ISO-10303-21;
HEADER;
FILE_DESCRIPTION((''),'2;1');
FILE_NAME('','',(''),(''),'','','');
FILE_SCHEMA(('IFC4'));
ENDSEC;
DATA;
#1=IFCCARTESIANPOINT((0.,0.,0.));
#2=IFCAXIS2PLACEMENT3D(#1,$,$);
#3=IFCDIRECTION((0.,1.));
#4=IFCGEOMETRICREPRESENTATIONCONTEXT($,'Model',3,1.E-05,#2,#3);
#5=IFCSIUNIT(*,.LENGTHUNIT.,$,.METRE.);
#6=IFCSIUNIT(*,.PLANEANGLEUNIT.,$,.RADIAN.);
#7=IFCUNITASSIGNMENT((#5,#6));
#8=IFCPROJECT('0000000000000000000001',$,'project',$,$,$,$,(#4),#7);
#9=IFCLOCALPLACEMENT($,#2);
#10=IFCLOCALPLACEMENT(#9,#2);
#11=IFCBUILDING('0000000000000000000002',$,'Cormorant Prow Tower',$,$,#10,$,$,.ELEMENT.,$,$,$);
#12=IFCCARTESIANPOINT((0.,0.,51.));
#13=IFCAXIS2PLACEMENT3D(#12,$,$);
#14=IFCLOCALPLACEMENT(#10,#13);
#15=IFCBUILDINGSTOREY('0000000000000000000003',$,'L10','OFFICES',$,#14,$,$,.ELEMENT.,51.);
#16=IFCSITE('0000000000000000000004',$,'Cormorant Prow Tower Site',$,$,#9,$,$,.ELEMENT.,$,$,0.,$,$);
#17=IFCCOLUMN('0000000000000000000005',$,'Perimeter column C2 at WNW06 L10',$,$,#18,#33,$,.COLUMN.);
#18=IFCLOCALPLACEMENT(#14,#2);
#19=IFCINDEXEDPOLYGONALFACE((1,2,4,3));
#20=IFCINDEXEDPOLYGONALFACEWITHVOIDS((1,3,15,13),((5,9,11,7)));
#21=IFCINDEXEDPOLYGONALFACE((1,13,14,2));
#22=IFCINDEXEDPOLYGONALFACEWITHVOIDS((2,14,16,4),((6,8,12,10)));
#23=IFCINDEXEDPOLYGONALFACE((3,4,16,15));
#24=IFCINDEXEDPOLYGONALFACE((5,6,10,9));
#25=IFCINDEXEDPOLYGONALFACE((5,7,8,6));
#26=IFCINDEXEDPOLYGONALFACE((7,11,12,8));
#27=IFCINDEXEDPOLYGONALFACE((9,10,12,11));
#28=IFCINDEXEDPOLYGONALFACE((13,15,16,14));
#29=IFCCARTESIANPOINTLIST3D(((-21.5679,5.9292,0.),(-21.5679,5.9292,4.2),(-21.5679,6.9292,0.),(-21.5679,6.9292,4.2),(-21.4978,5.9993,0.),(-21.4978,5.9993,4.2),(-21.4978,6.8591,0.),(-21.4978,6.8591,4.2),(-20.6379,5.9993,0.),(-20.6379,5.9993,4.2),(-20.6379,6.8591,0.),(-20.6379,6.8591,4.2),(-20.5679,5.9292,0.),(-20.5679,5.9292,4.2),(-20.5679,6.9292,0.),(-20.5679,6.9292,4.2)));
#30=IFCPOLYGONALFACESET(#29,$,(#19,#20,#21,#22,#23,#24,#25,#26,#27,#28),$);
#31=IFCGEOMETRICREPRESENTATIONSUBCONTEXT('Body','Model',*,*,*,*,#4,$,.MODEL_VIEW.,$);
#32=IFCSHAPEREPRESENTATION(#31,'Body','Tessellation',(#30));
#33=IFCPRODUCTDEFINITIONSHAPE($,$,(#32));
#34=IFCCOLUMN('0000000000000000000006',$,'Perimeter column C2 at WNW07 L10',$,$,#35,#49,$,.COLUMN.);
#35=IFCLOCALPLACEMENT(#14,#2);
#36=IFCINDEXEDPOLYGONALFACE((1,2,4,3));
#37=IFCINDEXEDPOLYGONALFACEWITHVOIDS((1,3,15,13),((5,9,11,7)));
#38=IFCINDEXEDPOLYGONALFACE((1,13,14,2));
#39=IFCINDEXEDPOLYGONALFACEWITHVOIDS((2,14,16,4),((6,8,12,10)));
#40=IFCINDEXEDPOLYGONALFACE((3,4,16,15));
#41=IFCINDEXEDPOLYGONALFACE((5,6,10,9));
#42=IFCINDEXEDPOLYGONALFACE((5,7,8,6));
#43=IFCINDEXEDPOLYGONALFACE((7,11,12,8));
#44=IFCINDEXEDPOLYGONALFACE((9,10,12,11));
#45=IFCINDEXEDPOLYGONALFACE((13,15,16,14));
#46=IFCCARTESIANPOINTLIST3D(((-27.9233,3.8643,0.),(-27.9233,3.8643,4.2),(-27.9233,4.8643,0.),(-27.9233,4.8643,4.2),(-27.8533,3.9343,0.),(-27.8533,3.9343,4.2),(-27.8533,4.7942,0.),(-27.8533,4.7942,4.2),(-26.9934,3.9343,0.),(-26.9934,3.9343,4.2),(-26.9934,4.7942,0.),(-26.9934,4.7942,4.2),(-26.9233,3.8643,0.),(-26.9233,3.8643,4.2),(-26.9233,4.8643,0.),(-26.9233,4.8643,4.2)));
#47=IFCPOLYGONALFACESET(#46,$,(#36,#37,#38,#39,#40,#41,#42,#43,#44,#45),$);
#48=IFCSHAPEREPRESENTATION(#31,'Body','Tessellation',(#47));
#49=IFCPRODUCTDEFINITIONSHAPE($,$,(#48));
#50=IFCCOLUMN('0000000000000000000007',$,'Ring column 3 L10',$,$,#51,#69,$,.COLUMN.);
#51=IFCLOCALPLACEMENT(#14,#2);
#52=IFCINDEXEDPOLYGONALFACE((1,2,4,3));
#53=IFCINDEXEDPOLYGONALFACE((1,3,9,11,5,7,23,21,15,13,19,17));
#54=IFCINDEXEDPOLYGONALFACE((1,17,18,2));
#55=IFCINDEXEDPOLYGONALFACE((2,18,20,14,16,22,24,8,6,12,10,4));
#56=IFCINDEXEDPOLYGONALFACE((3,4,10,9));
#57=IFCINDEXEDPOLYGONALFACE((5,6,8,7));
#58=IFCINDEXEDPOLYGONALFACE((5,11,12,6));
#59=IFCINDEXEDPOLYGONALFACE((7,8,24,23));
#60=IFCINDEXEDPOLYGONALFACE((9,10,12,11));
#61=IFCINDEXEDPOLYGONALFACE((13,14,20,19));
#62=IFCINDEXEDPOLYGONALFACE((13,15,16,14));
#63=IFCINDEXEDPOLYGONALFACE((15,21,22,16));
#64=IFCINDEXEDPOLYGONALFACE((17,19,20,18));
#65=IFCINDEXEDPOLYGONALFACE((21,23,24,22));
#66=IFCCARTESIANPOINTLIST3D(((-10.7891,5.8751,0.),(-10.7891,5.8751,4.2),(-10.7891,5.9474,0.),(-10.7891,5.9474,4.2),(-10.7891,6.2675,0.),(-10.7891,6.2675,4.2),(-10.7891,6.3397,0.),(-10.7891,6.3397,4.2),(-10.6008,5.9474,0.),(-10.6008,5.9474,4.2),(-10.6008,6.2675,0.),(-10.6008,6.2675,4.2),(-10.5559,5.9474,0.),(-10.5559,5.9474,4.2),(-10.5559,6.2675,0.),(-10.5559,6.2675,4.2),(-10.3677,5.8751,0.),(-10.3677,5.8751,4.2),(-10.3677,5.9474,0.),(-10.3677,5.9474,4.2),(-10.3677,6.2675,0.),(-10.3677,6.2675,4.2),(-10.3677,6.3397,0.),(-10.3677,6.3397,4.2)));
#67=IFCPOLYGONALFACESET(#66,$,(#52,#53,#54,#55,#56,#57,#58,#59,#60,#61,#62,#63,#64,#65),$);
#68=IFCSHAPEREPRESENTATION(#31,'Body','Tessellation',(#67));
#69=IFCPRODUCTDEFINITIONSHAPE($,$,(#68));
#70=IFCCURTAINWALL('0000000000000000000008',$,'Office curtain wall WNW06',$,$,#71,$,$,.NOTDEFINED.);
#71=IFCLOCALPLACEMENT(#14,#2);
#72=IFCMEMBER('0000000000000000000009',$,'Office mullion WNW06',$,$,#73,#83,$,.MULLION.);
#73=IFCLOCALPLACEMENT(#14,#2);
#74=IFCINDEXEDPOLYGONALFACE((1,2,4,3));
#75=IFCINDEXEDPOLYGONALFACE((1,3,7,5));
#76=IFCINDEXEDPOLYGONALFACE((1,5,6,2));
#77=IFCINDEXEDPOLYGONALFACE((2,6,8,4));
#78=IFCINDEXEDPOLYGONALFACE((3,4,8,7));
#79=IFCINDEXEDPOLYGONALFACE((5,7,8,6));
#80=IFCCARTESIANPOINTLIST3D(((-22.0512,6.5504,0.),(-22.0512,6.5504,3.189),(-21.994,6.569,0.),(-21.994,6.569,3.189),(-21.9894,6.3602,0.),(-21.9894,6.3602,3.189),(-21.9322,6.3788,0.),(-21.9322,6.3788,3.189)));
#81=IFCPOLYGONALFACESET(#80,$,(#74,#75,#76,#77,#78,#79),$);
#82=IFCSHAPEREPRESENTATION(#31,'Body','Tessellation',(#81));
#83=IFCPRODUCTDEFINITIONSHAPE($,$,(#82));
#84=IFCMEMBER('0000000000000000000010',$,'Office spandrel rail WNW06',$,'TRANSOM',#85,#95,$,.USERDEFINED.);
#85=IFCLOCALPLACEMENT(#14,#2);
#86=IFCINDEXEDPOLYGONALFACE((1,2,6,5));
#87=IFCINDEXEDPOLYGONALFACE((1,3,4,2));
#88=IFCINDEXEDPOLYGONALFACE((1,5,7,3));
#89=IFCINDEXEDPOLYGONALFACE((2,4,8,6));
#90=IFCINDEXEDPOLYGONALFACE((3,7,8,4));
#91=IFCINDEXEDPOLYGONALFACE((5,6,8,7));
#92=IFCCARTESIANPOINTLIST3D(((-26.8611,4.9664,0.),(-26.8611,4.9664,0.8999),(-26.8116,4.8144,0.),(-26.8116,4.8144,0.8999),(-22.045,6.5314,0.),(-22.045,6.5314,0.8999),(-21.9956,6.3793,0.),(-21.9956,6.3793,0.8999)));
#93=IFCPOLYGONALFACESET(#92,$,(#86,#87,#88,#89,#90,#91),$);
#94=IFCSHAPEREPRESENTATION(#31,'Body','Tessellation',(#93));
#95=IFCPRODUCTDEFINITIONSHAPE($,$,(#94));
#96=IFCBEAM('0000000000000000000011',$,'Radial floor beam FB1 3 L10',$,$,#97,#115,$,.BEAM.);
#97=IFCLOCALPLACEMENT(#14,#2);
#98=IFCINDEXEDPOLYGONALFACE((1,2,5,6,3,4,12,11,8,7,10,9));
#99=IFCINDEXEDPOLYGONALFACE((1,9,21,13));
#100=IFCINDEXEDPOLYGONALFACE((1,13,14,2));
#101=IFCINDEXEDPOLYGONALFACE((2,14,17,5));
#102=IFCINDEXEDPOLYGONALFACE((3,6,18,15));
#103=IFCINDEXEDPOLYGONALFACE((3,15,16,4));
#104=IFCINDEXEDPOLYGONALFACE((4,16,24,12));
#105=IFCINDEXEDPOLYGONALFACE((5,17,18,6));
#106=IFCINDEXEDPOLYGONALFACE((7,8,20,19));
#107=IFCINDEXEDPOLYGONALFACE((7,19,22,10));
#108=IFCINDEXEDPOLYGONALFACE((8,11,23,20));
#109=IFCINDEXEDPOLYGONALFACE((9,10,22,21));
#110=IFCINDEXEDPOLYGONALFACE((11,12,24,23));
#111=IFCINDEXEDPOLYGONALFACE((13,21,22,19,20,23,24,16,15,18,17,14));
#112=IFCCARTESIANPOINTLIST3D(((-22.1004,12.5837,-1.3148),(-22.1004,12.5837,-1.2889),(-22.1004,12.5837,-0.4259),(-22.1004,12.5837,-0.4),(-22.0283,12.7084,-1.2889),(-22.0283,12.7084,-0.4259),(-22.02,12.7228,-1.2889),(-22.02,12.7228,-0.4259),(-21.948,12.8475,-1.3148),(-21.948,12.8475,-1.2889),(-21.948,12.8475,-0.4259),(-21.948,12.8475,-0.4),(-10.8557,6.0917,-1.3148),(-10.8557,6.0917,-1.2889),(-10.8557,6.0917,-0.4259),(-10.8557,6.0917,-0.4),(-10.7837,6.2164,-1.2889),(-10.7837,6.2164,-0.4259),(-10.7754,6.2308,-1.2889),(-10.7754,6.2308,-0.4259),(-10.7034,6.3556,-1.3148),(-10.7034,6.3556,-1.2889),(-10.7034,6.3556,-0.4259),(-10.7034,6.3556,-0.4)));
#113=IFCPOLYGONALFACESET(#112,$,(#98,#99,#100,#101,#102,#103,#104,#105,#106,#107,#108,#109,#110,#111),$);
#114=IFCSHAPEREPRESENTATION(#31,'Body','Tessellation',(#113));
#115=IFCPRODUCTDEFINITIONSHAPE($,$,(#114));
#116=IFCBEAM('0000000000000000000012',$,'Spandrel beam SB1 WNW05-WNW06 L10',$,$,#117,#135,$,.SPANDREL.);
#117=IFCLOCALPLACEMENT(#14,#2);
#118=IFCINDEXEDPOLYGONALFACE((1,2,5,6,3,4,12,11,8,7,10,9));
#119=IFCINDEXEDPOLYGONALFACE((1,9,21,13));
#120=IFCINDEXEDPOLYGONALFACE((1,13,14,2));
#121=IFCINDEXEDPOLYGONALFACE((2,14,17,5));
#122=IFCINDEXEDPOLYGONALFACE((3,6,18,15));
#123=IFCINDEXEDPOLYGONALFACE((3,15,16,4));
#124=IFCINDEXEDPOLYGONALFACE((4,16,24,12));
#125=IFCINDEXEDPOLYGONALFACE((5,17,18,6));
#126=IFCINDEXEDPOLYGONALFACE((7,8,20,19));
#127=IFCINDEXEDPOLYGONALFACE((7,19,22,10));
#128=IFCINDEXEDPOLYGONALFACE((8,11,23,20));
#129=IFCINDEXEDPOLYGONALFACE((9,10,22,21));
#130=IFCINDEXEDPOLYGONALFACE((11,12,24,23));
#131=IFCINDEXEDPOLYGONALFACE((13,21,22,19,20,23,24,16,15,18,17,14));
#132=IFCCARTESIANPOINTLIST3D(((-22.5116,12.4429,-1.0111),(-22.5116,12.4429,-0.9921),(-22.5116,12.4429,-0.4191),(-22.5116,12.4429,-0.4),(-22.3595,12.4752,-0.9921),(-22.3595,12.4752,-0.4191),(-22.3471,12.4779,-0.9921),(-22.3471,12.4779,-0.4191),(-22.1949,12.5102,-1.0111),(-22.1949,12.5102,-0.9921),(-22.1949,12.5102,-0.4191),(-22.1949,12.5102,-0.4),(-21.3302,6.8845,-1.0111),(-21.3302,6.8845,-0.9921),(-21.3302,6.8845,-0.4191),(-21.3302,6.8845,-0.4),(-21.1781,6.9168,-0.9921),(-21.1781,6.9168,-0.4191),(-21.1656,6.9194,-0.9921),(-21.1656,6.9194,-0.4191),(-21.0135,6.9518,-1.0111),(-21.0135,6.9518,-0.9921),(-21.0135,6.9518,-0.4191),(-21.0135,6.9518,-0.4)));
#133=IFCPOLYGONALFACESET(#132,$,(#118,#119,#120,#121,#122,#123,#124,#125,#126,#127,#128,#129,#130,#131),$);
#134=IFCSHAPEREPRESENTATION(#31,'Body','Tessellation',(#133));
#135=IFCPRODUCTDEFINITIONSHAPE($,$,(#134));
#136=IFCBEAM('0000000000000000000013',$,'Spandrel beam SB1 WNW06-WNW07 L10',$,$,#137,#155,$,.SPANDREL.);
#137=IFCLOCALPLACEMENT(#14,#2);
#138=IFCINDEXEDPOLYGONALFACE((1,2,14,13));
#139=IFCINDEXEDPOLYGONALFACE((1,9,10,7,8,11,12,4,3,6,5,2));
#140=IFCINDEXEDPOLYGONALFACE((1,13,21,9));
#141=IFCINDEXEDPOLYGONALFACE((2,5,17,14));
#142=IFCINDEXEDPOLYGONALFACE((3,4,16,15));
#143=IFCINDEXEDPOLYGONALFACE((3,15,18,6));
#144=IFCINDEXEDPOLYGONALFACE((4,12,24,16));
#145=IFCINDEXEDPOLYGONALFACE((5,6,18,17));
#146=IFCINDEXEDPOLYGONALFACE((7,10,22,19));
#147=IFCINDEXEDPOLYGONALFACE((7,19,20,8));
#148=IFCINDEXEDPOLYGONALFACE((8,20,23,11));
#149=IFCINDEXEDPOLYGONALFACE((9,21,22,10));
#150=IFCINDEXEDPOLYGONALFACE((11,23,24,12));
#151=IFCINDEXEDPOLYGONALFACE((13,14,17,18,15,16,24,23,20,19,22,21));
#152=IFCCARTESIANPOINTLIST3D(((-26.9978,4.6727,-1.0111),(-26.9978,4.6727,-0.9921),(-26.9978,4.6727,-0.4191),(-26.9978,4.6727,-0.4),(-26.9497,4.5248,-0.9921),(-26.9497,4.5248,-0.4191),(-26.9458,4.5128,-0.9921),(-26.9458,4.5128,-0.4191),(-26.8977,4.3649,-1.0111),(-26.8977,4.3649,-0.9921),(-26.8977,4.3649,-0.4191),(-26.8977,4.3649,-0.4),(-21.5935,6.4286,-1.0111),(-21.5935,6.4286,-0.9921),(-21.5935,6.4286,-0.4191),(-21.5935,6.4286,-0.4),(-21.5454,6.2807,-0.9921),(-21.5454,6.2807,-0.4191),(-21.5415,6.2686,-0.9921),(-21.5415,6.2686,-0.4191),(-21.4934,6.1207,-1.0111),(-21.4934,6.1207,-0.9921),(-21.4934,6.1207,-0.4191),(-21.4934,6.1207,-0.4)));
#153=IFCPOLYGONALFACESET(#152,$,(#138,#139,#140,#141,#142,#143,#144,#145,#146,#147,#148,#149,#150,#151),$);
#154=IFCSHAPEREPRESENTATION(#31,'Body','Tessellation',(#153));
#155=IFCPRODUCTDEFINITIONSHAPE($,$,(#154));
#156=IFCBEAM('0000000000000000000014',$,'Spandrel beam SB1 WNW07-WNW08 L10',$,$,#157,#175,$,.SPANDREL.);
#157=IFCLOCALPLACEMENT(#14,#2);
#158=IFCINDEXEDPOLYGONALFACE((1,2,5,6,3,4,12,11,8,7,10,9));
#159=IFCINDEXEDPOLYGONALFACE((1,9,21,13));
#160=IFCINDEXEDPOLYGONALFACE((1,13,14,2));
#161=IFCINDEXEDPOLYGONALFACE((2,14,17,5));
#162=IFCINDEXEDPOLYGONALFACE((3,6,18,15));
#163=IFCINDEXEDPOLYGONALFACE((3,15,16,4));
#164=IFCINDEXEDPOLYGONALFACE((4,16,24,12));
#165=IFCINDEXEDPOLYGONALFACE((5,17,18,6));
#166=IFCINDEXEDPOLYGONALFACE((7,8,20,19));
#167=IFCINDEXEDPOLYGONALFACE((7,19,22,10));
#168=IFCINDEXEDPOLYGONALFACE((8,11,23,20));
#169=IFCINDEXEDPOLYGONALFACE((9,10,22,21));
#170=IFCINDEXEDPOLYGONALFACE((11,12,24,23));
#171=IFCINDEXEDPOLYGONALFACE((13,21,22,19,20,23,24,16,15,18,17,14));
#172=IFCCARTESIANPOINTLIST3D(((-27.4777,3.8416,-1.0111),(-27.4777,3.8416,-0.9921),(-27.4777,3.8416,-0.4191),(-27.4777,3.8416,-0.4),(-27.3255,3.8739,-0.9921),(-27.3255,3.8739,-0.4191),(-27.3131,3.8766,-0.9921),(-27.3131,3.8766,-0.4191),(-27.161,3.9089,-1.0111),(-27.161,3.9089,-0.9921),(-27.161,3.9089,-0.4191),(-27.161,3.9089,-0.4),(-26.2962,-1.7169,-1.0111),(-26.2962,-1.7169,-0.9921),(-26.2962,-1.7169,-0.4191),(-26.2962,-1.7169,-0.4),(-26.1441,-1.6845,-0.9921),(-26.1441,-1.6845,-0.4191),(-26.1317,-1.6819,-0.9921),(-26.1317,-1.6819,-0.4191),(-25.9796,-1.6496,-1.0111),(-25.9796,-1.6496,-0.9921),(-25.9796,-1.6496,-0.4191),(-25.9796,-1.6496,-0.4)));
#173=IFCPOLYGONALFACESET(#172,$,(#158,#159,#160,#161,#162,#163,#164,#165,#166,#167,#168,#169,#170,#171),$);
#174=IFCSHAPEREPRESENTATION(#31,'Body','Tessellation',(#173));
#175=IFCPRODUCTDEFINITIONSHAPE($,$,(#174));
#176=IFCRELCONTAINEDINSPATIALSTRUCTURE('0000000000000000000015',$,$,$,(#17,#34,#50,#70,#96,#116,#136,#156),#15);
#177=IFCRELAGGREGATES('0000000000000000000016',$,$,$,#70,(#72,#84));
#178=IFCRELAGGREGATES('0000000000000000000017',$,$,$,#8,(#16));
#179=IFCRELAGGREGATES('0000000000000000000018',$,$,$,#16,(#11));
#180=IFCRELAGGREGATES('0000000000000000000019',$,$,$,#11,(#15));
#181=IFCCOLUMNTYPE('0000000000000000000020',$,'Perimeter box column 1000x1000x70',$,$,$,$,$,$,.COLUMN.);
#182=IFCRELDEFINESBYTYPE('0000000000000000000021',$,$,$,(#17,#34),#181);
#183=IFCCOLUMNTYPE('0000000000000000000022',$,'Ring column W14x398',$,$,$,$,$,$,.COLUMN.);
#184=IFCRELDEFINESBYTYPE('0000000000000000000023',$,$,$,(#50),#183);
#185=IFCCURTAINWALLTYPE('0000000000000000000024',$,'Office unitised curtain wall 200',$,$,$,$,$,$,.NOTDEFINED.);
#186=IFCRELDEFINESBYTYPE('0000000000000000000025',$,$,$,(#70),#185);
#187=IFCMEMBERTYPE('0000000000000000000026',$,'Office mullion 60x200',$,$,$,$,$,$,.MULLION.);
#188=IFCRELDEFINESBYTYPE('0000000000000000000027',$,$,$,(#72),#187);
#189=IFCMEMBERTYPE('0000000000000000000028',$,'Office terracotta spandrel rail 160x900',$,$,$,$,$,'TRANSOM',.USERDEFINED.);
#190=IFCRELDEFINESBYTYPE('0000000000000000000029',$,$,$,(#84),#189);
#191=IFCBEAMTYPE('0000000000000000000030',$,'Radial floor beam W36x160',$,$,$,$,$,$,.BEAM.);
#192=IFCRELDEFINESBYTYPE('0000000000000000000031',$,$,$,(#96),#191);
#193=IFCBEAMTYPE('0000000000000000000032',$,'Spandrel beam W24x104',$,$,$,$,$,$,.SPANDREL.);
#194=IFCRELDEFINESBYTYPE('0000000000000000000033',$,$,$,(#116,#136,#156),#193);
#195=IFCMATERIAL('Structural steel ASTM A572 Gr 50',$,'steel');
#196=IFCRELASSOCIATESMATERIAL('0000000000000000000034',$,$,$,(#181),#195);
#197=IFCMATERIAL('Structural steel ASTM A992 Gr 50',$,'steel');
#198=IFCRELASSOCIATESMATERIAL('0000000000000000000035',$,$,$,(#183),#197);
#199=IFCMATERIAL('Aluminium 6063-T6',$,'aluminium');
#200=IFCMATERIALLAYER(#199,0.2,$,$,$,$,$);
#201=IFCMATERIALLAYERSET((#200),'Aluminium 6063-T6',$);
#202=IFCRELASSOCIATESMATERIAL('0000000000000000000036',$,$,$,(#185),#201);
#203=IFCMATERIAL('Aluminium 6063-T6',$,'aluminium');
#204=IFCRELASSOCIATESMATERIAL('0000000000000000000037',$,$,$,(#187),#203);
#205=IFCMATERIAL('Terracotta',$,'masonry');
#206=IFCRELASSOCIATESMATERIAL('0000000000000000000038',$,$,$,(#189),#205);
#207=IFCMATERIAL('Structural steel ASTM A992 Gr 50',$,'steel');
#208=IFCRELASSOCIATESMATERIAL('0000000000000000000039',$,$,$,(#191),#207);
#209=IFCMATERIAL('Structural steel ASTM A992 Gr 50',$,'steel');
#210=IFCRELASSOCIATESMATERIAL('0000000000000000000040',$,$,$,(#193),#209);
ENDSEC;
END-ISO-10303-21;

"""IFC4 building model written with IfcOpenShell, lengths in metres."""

from ifc_helpers import new_model, si_unit, direction, frame, origin, origin_2d, place, context, subcontext, project, spatial, rectangle, hollow_rectangle, i_section, extrude, material, layer, layer_set, material_profile, profile_set, type_object, element, aggregate, save


model = new_model("IFC4")

# Units and contexts
model_context = context("Model", 3, precision=1e-05, world=origin(), true_north=direction((0.0, 1.0)))
body_context = subcontext(model_context, "Body", "Model", "MODEL_VIEW")
ifc_project = project(units=[si_unit("LENGTHUNIT", "METRE"), si_unit("PLANEANGLEUNIT", "RADIAN")], contexts=[model_context])

# Site, building, storey
site_placement = place(None, origin())
site = spatial("IfcSite", under=ifc_project, at=site_placement, Name="Cormorant Prow Tower Site", CompositionType="ELEMENT", RefElevation=0.0)
building_placement = place(site_placement, origin())
building = spatial("IfcBuilding", under=site, at=building_placement, Name="Cormorant Prow Tower", CompositionType="ELEMENT")
storey_placement = place(building_placement, frame((0.0, 0.0, 51.0)))
storey = spatial("IfcBuildingStorey", under=building, at=storey_placement, Name="L10", Description="OFFICES", CompositionType="ELEMENT", Elevation=51.0)

# Columns
ifc_material_1 = material(Name="Structural steel ASTM A572 Gr 50", Category="steel")
ifc_material_profile_1 = material_profile(ifc_material_1, hollow_rectangle(XDim=1.0, YDim=1.0, WallThickness=0.0701, at=origin_2d()), Name="Box 1000x1000x70")
ifc_profile_set_1 = profile_set([ifc_material_profile_1], Name="Structural steel ASTM A572 Gr 50")
column_type_1 = type_object("IfcColumnType", Name="Perimeter box column 1000x1000x70", PredefinedType="COLUMN", material=ifc_profile_set_1)
for number, where, z_axis, x_axis, name in (
    (1, (-21.0679, 6.4292, 0.0), (0.0, 0.0, 1.0), (1.0, 0.0, 0.0), "Perimeter column C2 at WNW06 L10"),
    (2, (-27.4233, 4.3643, 0.0), (0.0, 0.0, 1.0), (1.0, 0.0, 0.0), "Perimeter column C2 at WNW07 L10"),
):
    element("IfcColumn", number, at=place(storey_placement, frame(where, z_axis=z_axis, x_axis=x_axis)), inside=storey, type_object=column_type_1, Name=name, PredefinedType="COLUMN", context=body_context, shape_type="SweptSolid", body=[
        extrude(hollow_rectangle(XDim=1.0, YDim=1.0, WallThickness=0.0701, at=origin_2d()), origin(), (0.0, 0.0, 1.0), 4.2),
    ])
ifc_material_2 = material(Name="Structural steel ASTM A992 Gr 50", Category="steel")
ifc_material_profile_2 = material_profile(ifc_material_2, i_section(OverallWidth=0.4214, OverallDepth=0.4646, WebThickness=0.0449, FlangeThickness=0.0723, at=origin_2d()), Name="W14x398")
ifc_profile_set_2 = profile_set([ifc_material_profile_2], Name="Structural steel ASTM A992 Gr 50")
column_type_2 = type_object("IfcColumnType", Name="Ring column W14x398", PredefinedType="COLUMN", material=ifc_profile_set_2)
column_placement = place(storey_placement, frame((-10.5784, 6.1074, 0.0), z_axis=(0.0, 0.0, 1.0), x_axis=(1.0, 0.0, 0.0)))
element("IfcColumn", 3, at=column_placement, inside=storey, type_object=column_type_2, Name="Ring column 3 L10", PredefinedType="COLUMN", context=body_context, shape_type="SweptSolid", body=[
    extrude(i_section(OverallWidth=0.4214, OverallDepth=0.4646, WebThickness=0.0449, FlangeThickness=0.0723, at=origin_2d()), origin(), (0.0, 0.0, 1.0), 4.2),
])

# Curtain wall, members
ifc_material_3 = material(Name="Aluminium 6063-T6", Category="aluminium")
ifc_layer_1 = layer(ifc_material_3, 0.2)
ifc_layer_set_1 = layer_set([ifc_layer_1], Name="Aluminium 6063-T6")
curtain_wall_type = type_object("IfcCurtainWallType", Name="Office unitised curtain wall 200", PredefinedType="NOTDEFINED", material=ifc_layer_set_1)
curtain_wall_placement = place(storey_placement, origin())
curtain_wall = element("IfcCurtainWall", 4, at=curtain_wall_placement, inside=storey, type_object=curtain_wall_type, Name="Office curtain wall WNW06", PredefinedType="NOTDEFINED")
ifc_material_4 = material(Name="Aluminium 6063-T6", Category="aluminium")
ifc_material_profile_3 = material_profile(ifc_material_4, rectangle(XDim=0.2, YDim=0.0601, at=origin_2d()), Name="Office mullion 60x200")
ifc_profile_set_3 = profile_set([ifc_material_profile_3], Name="Aluminium 6063-T6")
member_type_1 = type_object("IfcMemberType", Name="Office mullion 60x200", PredefinedType="MULLION", material=ifc_profile_set_3)
member_1_placement = place(storey_placement, frame((-21.9917, 6.4646, 0.0), z_axis=(0.0, 0.0, 1.0), x_axis=(0.309017, -0.951057, 0.0)))
member_1 = element("IfcMember", 5, at=member_1_placement, type_object=member_type_1, Name="Office mullion WNW06", PredefinedType="MULLION", context=body_context, shape_type="SweptSolid", body=[
    extrude(rectangle(XDim=0.2, YDim=0.0601, at=origin_2d()), origin(), (0.0, 0.0, 1.0), 3.189),
])
ifc_material_5 = material(Name="Terracotta", Category="masonry")
ifc_material_profile_4 = material_profile(ifc_material_5, rectangle(XDim=0.1599, YDim=0.8999, at=origin_2d()), Name="Office terracotta spandrel rail 160x900")
ifc_profile_set_4 = profile_set([ifc_material_profile_4], Name="Terracotta")
member_type_2 = type_object("IfcMemberType", Name="Office terracotta spandrel rail 160x900", ElementType="TRANSOM", PredefinedType="USERDEFINED", material=ifc_profile_set_4)
member_2_placement = place(storey_placement, frame((-22.0203, 6.4553, 0.45), z_axis=(-0.951052, -0.30903, 0.0), x_axis=(0.30903, -0.951052, 0.0)))
member_2 = element("IfcMember", 6, at=member_2_placement, type_object=member_type_2, Name="Office spandrel rail WNW06", ObjectType="TRANSOM", PredefinedType="USERDEFINED", context=body_context, shape_type="SweptSolid", body=[
    extrude(rectangle(XDim=0.1599, YDim=0.8999, at=origin_2d()), origin(), (0.0, 0.0, 1.0), 5.064),
])

# Beams
ifc_material_6 = material(Name="Structural steel ASTM A992 Gr 50", Category="steel")
ifc_material_profile_5 = material_profile(ifc_material_6, i_section(OverallWidth=0.3047, OverallDepth=0.9148, WebThickness=0.0166, FlangeThickness=0.0259, at=origin_2d()), Name="W36x160")
ifc_profile_set_5 = profile_set([ifc_material_profile_5], Name="Structural steel ASTM A992 Gr 50")
beam_type_1 = type_object("IfcBeamType", Name="Radial floor beam W36x160", PredefinedType="BEAM", material=ifc_profile_set_5)
beam_1_placement = place(storey_placement, frame((-10.7795, 6.2236, -0.8574), z_axis=(-0.86603, 0.499992, 0.0), x_axis=(-0.499992, -0.86603, 0.0)))
element("IfcBeam", 7, at=beam_1_placement, inside=storey, type_object=beam_type_1, Name="Radial floor beam FB1 3 L10", PredefinedType="BEAM", context=body_context, shape_type="SweptSolid", body=[
    extrude(i_section(OverallWidth=0.3047, OverallDepth=0.9148, WebThickness=0.0166, FlangeThickness=0.0259, at=origin_2d()), origin(), (0.0, 0.0, 1.0), 12.9841),
])
ifc_material_7 = material(Name="Structural steel ASTM A992 Gr 50", Category="steel")
ifc_material_profile_6 = material_profile(ifc_material_7, i_section(OverallWidth=0.3237, OverallDepth=0.6111, WebThickness=0.0127, FlangeThickness=0.019, at=origin_2d()), Name="W24x104")
ifc_profile_set_6 = profile_set([ifc_material_profile_6], Name="Structural steel ASTM A992 Gr 50")
beam_type_2 = type_object("IfcBeamType", Name="Spandrel beam W24x104", PredefinedType="SPANDREL", material=ifc_profile_set_6)
beam_2_placement = place(storey_placement, frame((-22.3533, 12.4766, -0.7056), z_axis=(0.2079, -0.97815, 0.0), x_axis=(0.97815, 0.2079, 0.0)))
element("IfcBeam", 8, at=beam_2_placement, inside=storey, type_object=beam_type_2, Name="Spandrel beam SB1 WNW05-WNW06 L10", PredefinedType="SPANDREL", context=body_context, shape_type="SweptSolid", body=[
    extrude(i_section(OverallWidth=0.3237, OverallDepth=0.6111, WebThickness=0.0127, FlangeThickness=0.019, at=origin_2d()), origin(), (0.0, 0.0, 1.0), 5.6826),
])
beam_3_placement = place(storey_placement, frame((-21.5435, 6.2747, -0.7056), z_axis=(-0.951062, -0.309001, 0.0), x_axis=(0.309001, -0.951062, 0.0)))
element("IfcBeam", 9, at=beam_3_placement, inside=storey, type_object=beam_type_2, Name="Spandrel beam SB1 WNW06-WNW07 L10", PredefinedType="SPANDREL", context=body_context, shape_type="SweptSolid", body=[
    extrude(i_section(OverallWidth=0.3237, OverallDepth=0.6111, WebThickness=0.0127, FlangeThickness=0.019, at=origin_2d()), origin(), (0.0, 0.0, 1.0), 5.6824),
])
beam_4_placement = place(storey_placement, frame((-27.3193, 3.8752, -0.7056), z_axis=(0.2079, -0.97815, 0.0), x_axis=(0.97815, 0.2079, 0.0)))
element("IfcBeam", 10, at=beam_4_placement, inside=storey, type_object=beam_type_2, Name="Spandrel beam SB1 WNW07-WNW08 L10", PredefinedType="SPANDREL", context=body_context, shape_type="SweptSolid", body=[
    extrude(i_section(OverallWidth=0.3237, OverallDepth=0.6111, WebThickness=0.0127, FlangeThickness=0.019, at=origin_2d()), origin(), (0.0, 0.0, 1.0), 5.6826),
])

aggregate(curtain_wall, [member_1, member_2])

save(model, "model.ifc")
